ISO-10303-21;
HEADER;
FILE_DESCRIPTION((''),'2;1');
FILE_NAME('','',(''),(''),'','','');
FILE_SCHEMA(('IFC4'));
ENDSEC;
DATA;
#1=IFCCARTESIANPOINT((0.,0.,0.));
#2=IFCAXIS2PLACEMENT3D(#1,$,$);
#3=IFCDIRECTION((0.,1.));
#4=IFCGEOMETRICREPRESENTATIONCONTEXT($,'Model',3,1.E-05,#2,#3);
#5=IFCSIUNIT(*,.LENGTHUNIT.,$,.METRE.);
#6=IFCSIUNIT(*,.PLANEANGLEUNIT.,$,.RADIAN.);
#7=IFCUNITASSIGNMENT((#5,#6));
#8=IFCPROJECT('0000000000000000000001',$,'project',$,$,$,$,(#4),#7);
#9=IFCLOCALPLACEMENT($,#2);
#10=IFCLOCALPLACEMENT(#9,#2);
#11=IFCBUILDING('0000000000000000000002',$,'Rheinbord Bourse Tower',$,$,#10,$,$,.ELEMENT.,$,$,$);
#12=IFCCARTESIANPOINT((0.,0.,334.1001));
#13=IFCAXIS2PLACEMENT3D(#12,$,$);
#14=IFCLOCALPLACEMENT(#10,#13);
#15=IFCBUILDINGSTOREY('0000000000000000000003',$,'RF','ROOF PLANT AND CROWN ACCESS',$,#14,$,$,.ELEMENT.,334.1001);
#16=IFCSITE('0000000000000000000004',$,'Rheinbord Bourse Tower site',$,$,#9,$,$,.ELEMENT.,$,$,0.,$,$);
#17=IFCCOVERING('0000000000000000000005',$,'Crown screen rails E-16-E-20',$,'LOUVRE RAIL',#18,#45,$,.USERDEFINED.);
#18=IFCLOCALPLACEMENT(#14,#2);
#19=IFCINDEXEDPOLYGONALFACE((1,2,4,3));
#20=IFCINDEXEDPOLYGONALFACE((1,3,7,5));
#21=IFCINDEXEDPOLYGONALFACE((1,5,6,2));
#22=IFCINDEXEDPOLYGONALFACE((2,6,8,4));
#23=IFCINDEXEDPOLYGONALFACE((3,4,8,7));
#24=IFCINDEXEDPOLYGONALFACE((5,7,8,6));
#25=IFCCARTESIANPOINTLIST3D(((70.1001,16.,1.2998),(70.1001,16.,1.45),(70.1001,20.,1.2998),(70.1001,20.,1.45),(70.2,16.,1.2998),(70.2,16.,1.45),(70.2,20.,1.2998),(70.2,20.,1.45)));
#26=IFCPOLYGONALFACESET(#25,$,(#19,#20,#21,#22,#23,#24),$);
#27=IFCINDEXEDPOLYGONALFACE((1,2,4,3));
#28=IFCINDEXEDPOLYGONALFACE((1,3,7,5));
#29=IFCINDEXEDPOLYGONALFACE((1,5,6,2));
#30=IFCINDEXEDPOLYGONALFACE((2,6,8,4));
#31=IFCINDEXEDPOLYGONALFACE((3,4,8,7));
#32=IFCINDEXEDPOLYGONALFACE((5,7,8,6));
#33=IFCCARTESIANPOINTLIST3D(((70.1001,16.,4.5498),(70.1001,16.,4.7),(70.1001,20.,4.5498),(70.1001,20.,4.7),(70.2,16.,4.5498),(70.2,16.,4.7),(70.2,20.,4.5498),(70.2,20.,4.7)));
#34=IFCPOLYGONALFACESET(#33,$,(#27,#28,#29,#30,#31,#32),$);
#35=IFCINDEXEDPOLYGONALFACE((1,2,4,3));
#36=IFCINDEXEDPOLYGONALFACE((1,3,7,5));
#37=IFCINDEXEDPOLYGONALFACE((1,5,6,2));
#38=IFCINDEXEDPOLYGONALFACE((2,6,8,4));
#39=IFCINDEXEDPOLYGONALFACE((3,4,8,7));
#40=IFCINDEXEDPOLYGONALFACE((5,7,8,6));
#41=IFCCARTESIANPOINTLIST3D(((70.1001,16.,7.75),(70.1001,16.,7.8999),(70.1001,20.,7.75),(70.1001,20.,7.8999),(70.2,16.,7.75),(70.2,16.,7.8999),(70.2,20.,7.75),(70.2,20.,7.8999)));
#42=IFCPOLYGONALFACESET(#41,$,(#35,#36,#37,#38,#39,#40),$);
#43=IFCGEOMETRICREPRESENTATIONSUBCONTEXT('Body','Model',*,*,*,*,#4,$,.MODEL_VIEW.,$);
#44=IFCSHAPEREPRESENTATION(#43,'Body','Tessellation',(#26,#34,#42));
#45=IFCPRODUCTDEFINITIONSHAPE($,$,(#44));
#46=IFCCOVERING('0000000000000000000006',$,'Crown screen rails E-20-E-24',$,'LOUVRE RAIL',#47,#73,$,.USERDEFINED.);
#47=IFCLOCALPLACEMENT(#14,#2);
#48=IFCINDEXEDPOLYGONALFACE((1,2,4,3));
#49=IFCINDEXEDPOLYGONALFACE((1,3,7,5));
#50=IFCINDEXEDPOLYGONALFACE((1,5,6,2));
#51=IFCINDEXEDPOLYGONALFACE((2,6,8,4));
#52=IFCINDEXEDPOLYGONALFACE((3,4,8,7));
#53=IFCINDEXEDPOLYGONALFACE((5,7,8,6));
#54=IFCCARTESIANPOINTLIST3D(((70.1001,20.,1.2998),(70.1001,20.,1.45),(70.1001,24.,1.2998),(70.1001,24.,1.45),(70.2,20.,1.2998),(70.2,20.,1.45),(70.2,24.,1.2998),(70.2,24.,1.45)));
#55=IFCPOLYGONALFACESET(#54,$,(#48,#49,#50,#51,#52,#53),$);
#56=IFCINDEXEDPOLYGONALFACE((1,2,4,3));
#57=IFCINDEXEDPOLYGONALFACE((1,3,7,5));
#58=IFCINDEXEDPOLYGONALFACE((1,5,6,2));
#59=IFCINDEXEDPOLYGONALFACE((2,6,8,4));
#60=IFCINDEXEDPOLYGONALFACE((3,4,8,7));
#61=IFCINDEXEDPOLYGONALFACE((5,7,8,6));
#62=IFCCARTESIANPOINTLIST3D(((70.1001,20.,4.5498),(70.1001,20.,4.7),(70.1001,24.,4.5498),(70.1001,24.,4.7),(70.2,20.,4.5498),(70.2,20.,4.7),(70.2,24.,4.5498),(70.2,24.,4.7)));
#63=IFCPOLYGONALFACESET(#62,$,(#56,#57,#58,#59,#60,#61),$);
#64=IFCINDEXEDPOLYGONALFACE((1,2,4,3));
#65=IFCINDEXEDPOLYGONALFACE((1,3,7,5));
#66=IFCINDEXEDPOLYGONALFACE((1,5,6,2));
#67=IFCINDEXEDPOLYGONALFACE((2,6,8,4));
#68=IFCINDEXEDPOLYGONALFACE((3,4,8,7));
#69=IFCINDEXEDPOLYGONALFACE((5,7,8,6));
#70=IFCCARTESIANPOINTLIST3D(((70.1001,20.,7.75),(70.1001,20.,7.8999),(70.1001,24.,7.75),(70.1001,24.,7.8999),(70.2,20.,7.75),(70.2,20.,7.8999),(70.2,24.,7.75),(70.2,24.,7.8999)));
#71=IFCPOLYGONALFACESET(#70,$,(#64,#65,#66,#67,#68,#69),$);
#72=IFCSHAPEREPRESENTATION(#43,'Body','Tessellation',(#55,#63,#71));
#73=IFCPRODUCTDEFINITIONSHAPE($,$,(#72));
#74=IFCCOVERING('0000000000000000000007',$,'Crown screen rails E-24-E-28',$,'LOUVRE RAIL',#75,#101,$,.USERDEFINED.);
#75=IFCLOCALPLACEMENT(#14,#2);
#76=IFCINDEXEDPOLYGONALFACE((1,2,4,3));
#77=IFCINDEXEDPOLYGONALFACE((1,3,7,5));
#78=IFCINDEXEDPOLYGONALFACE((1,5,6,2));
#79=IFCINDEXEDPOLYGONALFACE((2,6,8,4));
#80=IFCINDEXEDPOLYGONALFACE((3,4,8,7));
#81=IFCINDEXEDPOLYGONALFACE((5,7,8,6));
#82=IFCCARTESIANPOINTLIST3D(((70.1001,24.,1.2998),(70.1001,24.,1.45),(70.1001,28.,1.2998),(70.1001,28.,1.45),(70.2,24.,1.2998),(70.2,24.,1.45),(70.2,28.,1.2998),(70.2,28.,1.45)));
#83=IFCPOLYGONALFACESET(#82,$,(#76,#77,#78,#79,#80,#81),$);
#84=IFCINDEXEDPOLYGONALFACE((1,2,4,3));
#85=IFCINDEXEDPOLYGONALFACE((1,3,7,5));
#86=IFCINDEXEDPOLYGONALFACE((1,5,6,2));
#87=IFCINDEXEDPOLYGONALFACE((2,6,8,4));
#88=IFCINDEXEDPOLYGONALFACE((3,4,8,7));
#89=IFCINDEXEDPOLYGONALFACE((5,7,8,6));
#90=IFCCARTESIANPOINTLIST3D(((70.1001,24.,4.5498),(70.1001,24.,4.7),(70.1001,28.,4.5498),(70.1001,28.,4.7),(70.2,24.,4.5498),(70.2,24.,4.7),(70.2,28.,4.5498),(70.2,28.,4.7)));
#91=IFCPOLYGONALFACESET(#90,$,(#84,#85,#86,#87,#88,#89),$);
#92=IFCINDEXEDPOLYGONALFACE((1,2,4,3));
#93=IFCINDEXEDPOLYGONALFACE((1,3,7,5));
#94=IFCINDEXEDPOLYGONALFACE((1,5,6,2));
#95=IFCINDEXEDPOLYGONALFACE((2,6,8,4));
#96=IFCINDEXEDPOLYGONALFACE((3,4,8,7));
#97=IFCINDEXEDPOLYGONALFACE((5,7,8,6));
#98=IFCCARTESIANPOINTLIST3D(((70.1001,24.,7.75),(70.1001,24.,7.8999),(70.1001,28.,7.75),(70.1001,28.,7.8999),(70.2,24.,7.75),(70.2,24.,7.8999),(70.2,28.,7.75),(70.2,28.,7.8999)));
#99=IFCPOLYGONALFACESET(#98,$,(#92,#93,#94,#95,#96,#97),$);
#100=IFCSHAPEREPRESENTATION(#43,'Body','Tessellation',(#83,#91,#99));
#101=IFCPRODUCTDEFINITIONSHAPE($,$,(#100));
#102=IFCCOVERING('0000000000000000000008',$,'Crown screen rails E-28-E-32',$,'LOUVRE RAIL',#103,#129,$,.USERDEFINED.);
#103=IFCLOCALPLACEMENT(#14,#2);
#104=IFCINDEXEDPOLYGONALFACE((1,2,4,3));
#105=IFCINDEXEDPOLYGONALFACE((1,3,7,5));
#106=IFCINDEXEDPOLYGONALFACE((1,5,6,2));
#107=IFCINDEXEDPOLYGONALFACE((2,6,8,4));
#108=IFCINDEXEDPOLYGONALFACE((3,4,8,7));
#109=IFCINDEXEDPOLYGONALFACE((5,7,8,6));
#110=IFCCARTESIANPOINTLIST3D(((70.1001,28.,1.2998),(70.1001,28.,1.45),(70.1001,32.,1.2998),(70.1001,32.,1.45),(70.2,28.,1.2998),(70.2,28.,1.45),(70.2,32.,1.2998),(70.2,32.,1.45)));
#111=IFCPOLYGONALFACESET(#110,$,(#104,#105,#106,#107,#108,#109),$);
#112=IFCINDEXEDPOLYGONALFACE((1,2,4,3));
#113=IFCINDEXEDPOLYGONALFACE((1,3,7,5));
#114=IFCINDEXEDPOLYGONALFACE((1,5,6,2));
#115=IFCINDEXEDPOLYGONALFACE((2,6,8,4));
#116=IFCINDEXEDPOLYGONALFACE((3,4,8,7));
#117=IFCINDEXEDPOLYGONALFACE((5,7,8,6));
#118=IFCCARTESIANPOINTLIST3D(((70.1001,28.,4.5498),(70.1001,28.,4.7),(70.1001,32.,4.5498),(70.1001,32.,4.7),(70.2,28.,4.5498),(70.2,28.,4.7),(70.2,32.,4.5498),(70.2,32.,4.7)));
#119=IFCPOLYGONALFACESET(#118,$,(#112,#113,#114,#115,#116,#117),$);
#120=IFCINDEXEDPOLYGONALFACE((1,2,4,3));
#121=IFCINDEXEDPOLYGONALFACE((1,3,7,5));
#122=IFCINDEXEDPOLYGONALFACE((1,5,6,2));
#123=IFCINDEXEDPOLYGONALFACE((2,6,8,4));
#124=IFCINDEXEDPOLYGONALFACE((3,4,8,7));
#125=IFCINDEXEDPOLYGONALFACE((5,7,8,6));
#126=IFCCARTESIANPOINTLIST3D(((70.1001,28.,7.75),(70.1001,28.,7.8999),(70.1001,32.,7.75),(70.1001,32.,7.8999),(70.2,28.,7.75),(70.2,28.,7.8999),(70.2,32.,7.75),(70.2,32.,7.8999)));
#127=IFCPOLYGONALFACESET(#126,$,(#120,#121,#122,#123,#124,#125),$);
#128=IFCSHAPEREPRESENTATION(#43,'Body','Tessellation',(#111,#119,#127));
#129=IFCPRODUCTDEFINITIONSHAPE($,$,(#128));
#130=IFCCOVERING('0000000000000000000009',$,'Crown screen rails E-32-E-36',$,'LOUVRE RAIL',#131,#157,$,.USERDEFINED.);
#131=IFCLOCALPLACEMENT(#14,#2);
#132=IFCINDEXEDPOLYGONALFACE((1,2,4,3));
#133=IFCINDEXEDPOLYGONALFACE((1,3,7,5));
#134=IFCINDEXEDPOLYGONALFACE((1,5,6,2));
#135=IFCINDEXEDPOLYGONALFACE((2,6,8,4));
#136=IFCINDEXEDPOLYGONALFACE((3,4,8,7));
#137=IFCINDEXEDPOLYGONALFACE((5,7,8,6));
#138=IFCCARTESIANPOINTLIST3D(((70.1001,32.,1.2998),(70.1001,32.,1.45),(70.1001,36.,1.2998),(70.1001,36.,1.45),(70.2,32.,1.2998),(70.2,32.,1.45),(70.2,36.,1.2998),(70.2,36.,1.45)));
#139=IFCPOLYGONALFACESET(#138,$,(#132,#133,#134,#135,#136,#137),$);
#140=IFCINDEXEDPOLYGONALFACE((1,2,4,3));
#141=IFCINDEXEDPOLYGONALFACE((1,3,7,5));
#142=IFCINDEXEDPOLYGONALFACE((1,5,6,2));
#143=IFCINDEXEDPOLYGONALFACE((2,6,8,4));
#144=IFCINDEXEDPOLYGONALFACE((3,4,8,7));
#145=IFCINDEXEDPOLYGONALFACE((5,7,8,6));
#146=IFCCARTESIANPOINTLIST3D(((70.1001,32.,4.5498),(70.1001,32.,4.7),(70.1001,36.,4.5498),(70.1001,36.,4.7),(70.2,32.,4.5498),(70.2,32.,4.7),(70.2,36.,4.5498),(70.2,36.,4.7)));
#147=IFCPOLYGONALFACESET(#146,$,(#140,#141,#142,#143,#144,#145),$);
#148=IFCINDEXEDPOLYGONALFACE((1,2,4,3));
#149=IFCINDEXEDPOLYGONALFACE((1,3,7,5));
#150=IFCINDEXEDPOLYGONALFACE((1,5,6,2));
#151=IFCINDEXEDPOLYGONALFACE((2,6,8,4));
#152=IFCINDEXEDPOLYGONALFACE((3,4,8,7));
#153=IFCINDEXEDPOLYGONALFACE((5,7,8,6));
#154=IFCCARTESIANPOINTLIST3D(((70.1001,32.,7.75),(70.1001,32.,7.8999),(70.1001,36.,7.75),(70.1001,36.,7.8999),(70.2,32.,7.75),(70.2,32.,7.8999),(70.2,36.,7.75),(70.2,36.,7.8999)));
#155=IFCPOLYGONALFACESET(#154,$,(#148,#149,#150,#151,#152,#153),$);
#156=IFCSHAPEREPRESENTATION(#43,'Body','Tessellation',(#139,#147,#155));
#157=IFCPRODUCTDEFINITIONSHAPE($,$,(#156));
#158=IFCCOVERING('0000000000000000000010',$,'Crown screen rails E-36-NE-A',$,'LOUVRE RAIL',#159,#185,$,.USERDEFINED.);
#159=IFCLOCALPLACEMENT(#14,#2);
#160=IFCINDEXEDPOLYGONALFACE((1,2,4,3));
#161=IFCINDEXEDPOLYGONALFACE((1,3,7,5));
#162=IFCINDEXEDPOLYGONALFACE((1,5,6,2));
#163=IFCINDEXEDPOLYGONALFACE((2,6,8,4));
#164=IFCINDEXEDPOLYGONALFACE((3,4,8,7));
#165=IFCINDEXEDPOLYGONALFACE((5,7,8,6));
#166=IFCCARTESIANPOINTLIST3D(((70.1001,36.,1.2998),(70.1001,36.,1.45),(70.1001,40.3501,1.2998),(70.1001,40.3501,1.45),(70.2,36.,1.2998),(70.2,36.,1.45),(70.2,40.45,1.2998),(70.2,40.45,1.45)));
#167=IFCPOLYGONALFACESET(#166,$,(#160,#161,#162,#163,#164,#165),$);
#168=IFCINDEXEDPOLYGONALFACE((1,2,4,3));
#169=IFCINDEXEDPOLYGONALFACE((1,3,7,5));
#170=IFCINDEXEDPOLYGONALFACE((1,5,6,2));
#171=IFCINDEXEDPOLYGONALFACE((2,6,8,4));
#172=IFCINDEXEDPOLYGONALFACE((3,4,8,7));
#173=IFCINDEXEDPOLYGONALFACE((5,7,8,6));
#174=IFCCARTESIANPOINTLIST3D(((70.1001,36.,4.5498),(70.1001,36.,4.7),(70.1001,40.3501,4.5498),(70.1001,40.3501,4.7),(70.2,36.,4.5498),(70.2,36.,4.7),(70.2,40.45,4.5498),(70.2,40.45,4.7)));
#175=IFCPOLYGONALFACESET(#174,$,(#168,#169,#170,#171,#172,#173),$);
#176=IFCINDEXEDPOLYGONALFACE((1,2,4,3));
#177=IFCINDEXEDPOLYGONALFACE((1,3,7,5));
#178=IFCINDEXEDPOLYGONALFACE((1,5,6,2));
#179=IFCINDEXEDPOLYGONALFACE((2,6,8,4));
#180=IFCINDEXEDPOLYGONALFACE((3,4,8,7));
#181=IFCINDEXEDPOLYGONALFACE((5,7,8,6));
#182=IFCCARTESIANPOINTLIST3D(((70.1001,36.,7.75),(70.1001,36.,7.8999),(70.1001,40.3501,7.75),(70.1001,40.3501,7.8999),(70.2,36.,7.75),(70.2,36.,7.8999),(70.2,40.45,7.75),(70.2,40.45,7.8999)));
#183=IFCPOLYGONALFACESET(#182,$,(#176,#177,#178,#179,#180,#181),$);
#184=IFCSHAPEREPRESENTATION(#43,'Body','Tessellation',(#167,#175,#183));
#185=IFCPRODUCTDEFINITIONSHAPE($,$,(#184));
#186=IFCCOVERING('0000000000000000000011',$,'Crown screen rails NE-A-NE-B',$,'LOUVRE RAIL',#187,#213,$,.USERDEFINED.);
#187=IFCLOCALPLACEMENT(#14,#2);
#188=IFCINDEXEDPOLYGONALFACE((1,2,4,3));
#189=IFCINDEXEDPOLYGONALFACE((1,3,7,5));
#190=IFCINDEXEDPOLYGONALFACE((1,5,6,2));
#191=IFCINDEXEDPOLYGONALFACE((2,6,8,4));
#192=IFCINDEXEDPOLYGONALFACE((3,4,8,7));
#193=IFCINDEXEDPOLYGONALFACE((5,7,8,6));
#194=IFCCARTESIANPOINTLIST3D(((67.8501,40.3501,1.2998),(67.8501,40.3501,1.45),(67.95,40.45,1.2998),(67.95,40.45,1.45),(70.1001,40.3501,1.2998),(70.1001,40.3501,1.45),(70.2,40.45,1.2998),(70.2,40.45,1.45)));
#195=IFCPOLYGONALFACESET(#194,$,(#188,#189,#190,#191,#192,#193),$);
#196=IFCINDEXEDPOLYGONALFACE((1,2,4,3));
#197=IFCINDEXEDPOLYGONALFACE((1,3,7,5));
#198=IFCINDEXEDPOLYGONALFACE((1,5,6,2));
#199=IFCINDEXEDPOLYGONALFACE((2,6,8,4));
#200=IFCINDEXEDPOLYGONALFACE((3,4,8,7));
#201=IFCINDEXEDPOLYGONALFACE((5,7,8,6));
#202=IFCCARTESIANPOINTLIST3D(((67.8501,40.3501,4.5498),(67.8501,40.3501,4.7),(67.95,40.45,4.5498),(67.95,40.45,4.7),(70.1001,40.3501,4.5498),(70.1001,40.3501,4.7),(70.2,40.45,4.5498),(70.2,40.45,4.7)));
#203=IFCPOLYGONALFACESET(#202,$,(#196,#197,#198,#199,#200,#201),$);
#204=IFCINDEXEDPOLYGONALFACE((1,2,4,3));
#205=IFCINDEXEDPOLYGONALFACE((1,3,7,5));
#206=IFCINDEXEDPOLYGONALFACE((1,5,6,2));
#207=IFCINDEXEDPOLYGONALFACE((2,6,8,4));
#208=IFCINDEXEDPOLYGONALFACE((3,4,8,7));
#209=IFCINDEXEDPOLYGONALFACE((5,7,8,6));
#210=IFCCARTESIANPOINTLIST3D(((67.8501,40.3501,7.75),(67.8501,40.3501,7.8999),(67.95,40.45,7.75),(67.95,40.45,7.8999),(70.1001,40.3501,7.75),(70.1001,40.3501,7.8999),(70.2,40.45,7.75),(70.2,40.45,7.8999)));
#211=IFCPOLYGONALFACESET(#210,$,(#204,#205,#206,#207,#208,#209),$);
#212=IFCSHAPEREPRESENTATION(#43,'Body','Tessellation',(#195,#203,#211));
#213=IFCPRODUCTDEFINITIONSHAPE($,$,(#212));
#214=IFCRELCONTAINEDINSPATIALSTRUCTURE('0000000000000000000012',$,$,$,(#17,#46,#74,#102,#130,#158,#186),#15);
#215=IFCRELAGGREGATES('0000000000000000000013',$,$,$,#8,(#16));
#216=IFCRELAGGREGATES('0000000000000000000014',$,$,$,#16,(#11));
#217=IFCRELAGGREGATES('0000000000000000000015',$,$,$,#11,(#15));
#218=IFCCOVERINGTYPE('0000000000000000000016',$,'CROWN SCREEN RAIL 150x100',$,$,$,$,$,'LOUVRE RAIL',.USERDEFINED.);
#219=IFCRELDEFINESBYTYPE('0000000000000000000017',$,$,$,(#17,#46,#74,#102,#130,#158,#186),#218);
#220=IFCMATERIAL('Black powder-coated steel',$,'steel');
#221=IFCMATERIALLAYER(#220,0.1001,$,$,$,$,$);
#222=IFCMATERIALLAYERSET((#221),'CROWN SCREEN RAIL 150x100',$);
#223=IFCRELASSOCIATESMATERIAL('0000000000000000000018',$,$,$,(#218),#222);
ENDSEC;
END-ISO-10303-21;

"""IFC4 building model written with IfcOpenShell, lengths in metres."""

from ifc_helpers import new_model, si_unit, direction, frame, origin, place, context, subcontext, project, spatial, polyline, outline, extrude, material, layer, layer_set, type_object, element, save


model = new_model("IFC4")

# Units and contexts
model_context = context("Model", 3, precision=1e-05, world=origin(), true_north=direction((0.0, 1.0)))
body_context = subcontext(model_context, "Body", "Model", "MODEL_VIEW")
ifc_project = project(units=[si_unit("LENGTHUNIT", "METRE"), si_unit("PLANEANGLEUNIT", "RADIAN")], contexts=[model_context])

# Site, building, storey
site_placement = place(None, origin())
site = spatial("IfcSite", under=ifc_project, at=site_placement, Name="Rheinbord Bourse Tower site", CompositionType="ELEMENT", RefElevation=0.0)
building_placement = place(site_placement, origin())
building = spatial("IfcBuilding", under=site, at=building_placement, Name="Rheinbord Bourse Tower", CompositionType="ELEMENT")
storey_placement = place(building_placement, frame((0.0, 0.0, 334.1001)))
storey = spatial("IfcBuildingStorey", under=building, at=storey_placement, Name="RF", Description="ROOF PLANT AND CROWN ACCESS", CompositionType="ELEMENT", Elevation=334.1001)

# Coverings
ifc_material_1 = material(Name="Black powder-coated steel", Category="steel")
ifc_layer_1 = layer(ifc_material_1, 0.1001)
ifc_layer_set_1 = layer_set([ifc_layer_1], Name="CROWN SCREEN RAIL 150x100")
covering_type_1 = type_object("IfcCoveringType", Name="CROWN SCREEN RAIL 150x100", ElementType="LOUVRE RAIL", PredefinedType="USERDEFINED", material=ifc_layer_set_1)
covering_1_placement = place(storey_placement, frame((0.0, 0.0, 1.2998)))
element("IfcCovering", 1, at=covering_1_placement, inside=storey, type_object=covering_type_1, Name="Crown screen rails E-16-E-20", ObjectType="LOUVRE RAIL", PredefinedType="USERDEFINED", context=body_context, shape_type="SweptSolid", body=[
    extrude(outline(polyline([(70.1001, 16.0), (70.1001, 20.0), (70.2, 20.0), (70.2, 16.0), (70.1001, 16.0)])), origin(), (0.0, 0.0, 1.0), 0.1501),
    extrude(outline(polyline([(70.1001, 16.0), (70.1001, 20.0), (70.2, 20.0), (70.2, 16.0), (70.1001, 16.0)])), frame((0.0, 0.0, 3.25)), (0.0, 0.0, 1.0), 0.1501),
    extrude(outline(polyline([(70.1001, 16.0), (70.1001, 20.0), (70.2, 20.0), (70.2, 16.0), (70.1001, 16.0)])), frame((0.0, 0.0, 6.4502)), (0.0, 0.0, 1.0), 0.1499),
])
covering_2_placement = place(storey_placement, frame((0.0, 0.0, 1.2998)))
element("IfcCovering", 2, at=covering_2_placement, inside=storey, type_object=covering_type_1, Name="Crown screen rails E-20-E-24", ObjectType="LOUVRE RAIL", PredefinedType="USERDEFINED", context=body_context, shape_type="SweptSolid", body=[
    extrude(outline(polyline([(70.1001, 20.0), (70.1001, 24.0), (70.2, 24.0), (70.2, 20.0), (70.1001, 20.0)])), origin(), (0.0, 0.0, 1.0), 0.1501),
    extrude(outline(polyline([(70.1001, 20.0), (70.1001, 24.0), (70.2, 24.0), (70.2, 20.0), (70.1001, 20.0)])), frame((0.0, 0.0, 3.25)), (0.0, 0.0, 1.0), 0.1501),
    extrude(outline(polyline([(70.1001, 20.0), (70.1001, 24.0), (70.2, 24.0), (70.2, 20.0), (70.1001, 20.0)])), frame((0.0, 0.0, 6.4502)), (0.0, 0.0, 1.0), 0.1499),
])
covering_3_placement = place(storey_placement, frame((0.0, 0.0, 1.2998)))
element("IfcCovering", 3, at=covering_3_placement, inside=storey, type_object=covering_type_1, Name="Crown screen rails E-24-E-28", ObjectType="LOUVRE RAIL", PredefinedType="USERDEFINED", context=body_context, shape_type="SweptSolid", body=[
    extrude(outline(polyline([(70.1001, 24.0), (70.1001, 28.0), (70.2, 28.0), (70.2, 24.0), (70.1001, 24.0)])), origin(), (0.0, 0.0, 1.0), 0.1501),
    extrude(outline(polyline([(70.1001, 24.0), (70.1001, 28.0), (70.2, 28.0), (70.2, 24.0), (70.1001, 24.0)])), frame((0.0, 0.0, 3.25)), (0.0, 0.0, 1.0), 0.1501),
    extrude(outline(polyline([(70.1001, 24.0), (70.1001, 28.0), (70.2, 28.0), (70.2, 24.0), (70.1001, 24.0)])), frame((0.0, 0.0, 6.4502)), (0.0, 0.0, 1.0), 0.1499),
])
covering_4_placement = place(storey_placement, frame((0.0, 0.0, 1.2998)))
element("IfcCovering", 4, at=covering_4_placement, inside=storey, type_object=covering_type_1, Name="Crown screen rails E-28-E-32", ObjectType="LOUVRE RAIL", PredefinedType="USERDEFINED", context=body_context, shape_type="SweptSolid", body=[
    extrude(outline(polyline([(70.1001, 28.0), (70.1001, 32.0), (70.2, 32.0), (70.2, 28.0), (70.1001, 28.0)])), origin(), (0.0, 0.0, 1.0), 0.1501),
    extrude(outline(polyline([(70.1001, 28.0), (70.1001, 32.0), (70.2, 32.0), (70.2, 28.0), (70.1001, 28.0)])), frame((0.0, 0.0, 3.25)), (0.0, 0.0, 1.0), 0.1501),
    extrude(outline(polyline([(70.1001, 28.0), (70.1001, 32.0), (70.2, 32.0), (70.2, 28.0), (70.1001, 28.0)])), frame((0.0, 0.0, 6.4502)), (0.0, 0.0, 1.0), 0.1499),
])
covering_5_placement = place(storey_placement, frame((0.0, 0.0, 1.2998)))
element("IfcCovering", 5, at=covering_5_placement, inside=storey, type_object=covering_type_1, Name="Crown screen rails E-32-E-36", ObjectType="LOUVRE RAIL", PredefinedType="USERDEFINED", context=body_context, shape_type="SweptSolid", body=[
    extrude(outline(polyline([(70.1001, 32.0), (70.1001, 36.0), (70.2, 36.0), (70.2, 32.0), (70.1001, 32.0)])), origin(), (0.0, 0.0, 1.0), 0.1501),
    extrude(outline(polyline([(70.1001, 32.0), (70.1001, 36.0), (70.2, 36.0), (70.2, 32.0), (70.1001, 32.0)])), frame((0.0, 0.0, 3.25)), (0.0, 0.0, 1.0), 0.1501),
    extrude(outline(polyline([(70.1001, 32.0), (70.1001, 36.0), (70.2, 36.0), (70.2, 32.0), (70.1001, 32.0)])), frame((0.0, 0.0, 6.4502)), (0.0, 0.0, 1.0), 0.1499),
])
covering_6_placement = place(storey_placement, frame((0.0, 0.0, 1.2998)))
element("IfcCovering", 6, at=covering_6_placement, inside=storey, type_object=covering_type_1, Name="Crown screen rails E-36-NE-A", ObjectType="LOUVRE RAIL", PredefinedType="USERDEFINED", context=body_context, shape_type="SweptSolid", body=[
    extrude(outline(polyline([(70.1001, 36.0), (70.1001, 40.3501), (70.2, 40.45), (70.2, 36.0), (70.1001, 36.0)])), origin(), (0.0, 0.0, 1.0), 0.1501),
    extrude(outline(polyline([(70.1001, 36.0), (70.1001, 40.3501), (70.2, 40.45), (70.2, 36.0), (70.1001, 36.0)])), frame((0.0, 0.0, 3.25)), (0.0, 0.0, 1.0), 0.1501),
    extrude(outline(polyline([(70.1001, 36.0), (70.1001, 40.3501), (70.2, 40.45), (70.2, 36.0), (70.1001, 36.0)])), frame((0.0, 0.0, 6.4502)), (0.0, 0.0, 1.0), 0.1499),
])
covering_7_placement = place(storey_placement, frame((0.0, 0.0, 1.2998)))
element("IfcCovering", 7, at=covering_7_placement, inside=storey, type_object=covering_type_1, Name="Crown screen rails NE-A-NE-B", ObjectType="LOUVRE RAIL", PredefinedType="USERDEFINED", context=body_context, shape_type="SweptSolid", body=[
    extrude(outline(polyline([(70.1001, 40.3501), (67.8501, 40.3501), (67.95, 40.45), (70.2, 40.45), (70.1001, 40.3501)])), origin(), (0.0, 0.0, 1.0), 0.1501),
    extrude(outline(polyline([(70.1001, 40.3501), (67.8501, 40.3501), (67.95, 40.45), (70.2, 40.45), (70.1001, 40.3501)])), frame((0.0, 0.0, 3.25)), (0.0, 0.0, 1.0), 0.1501),
    extrude(outline(polyline([(70.1001, 40.3501), (67.8501, 40.3501), (67.95, 40.45), (70.2, 40.45), (70.1001, 40.3501)])), frame((0.0, 0.0, 6.4502)), (0.0, 0.0, 1.0), 0.1499),
])

save(model, "model.ifc")
